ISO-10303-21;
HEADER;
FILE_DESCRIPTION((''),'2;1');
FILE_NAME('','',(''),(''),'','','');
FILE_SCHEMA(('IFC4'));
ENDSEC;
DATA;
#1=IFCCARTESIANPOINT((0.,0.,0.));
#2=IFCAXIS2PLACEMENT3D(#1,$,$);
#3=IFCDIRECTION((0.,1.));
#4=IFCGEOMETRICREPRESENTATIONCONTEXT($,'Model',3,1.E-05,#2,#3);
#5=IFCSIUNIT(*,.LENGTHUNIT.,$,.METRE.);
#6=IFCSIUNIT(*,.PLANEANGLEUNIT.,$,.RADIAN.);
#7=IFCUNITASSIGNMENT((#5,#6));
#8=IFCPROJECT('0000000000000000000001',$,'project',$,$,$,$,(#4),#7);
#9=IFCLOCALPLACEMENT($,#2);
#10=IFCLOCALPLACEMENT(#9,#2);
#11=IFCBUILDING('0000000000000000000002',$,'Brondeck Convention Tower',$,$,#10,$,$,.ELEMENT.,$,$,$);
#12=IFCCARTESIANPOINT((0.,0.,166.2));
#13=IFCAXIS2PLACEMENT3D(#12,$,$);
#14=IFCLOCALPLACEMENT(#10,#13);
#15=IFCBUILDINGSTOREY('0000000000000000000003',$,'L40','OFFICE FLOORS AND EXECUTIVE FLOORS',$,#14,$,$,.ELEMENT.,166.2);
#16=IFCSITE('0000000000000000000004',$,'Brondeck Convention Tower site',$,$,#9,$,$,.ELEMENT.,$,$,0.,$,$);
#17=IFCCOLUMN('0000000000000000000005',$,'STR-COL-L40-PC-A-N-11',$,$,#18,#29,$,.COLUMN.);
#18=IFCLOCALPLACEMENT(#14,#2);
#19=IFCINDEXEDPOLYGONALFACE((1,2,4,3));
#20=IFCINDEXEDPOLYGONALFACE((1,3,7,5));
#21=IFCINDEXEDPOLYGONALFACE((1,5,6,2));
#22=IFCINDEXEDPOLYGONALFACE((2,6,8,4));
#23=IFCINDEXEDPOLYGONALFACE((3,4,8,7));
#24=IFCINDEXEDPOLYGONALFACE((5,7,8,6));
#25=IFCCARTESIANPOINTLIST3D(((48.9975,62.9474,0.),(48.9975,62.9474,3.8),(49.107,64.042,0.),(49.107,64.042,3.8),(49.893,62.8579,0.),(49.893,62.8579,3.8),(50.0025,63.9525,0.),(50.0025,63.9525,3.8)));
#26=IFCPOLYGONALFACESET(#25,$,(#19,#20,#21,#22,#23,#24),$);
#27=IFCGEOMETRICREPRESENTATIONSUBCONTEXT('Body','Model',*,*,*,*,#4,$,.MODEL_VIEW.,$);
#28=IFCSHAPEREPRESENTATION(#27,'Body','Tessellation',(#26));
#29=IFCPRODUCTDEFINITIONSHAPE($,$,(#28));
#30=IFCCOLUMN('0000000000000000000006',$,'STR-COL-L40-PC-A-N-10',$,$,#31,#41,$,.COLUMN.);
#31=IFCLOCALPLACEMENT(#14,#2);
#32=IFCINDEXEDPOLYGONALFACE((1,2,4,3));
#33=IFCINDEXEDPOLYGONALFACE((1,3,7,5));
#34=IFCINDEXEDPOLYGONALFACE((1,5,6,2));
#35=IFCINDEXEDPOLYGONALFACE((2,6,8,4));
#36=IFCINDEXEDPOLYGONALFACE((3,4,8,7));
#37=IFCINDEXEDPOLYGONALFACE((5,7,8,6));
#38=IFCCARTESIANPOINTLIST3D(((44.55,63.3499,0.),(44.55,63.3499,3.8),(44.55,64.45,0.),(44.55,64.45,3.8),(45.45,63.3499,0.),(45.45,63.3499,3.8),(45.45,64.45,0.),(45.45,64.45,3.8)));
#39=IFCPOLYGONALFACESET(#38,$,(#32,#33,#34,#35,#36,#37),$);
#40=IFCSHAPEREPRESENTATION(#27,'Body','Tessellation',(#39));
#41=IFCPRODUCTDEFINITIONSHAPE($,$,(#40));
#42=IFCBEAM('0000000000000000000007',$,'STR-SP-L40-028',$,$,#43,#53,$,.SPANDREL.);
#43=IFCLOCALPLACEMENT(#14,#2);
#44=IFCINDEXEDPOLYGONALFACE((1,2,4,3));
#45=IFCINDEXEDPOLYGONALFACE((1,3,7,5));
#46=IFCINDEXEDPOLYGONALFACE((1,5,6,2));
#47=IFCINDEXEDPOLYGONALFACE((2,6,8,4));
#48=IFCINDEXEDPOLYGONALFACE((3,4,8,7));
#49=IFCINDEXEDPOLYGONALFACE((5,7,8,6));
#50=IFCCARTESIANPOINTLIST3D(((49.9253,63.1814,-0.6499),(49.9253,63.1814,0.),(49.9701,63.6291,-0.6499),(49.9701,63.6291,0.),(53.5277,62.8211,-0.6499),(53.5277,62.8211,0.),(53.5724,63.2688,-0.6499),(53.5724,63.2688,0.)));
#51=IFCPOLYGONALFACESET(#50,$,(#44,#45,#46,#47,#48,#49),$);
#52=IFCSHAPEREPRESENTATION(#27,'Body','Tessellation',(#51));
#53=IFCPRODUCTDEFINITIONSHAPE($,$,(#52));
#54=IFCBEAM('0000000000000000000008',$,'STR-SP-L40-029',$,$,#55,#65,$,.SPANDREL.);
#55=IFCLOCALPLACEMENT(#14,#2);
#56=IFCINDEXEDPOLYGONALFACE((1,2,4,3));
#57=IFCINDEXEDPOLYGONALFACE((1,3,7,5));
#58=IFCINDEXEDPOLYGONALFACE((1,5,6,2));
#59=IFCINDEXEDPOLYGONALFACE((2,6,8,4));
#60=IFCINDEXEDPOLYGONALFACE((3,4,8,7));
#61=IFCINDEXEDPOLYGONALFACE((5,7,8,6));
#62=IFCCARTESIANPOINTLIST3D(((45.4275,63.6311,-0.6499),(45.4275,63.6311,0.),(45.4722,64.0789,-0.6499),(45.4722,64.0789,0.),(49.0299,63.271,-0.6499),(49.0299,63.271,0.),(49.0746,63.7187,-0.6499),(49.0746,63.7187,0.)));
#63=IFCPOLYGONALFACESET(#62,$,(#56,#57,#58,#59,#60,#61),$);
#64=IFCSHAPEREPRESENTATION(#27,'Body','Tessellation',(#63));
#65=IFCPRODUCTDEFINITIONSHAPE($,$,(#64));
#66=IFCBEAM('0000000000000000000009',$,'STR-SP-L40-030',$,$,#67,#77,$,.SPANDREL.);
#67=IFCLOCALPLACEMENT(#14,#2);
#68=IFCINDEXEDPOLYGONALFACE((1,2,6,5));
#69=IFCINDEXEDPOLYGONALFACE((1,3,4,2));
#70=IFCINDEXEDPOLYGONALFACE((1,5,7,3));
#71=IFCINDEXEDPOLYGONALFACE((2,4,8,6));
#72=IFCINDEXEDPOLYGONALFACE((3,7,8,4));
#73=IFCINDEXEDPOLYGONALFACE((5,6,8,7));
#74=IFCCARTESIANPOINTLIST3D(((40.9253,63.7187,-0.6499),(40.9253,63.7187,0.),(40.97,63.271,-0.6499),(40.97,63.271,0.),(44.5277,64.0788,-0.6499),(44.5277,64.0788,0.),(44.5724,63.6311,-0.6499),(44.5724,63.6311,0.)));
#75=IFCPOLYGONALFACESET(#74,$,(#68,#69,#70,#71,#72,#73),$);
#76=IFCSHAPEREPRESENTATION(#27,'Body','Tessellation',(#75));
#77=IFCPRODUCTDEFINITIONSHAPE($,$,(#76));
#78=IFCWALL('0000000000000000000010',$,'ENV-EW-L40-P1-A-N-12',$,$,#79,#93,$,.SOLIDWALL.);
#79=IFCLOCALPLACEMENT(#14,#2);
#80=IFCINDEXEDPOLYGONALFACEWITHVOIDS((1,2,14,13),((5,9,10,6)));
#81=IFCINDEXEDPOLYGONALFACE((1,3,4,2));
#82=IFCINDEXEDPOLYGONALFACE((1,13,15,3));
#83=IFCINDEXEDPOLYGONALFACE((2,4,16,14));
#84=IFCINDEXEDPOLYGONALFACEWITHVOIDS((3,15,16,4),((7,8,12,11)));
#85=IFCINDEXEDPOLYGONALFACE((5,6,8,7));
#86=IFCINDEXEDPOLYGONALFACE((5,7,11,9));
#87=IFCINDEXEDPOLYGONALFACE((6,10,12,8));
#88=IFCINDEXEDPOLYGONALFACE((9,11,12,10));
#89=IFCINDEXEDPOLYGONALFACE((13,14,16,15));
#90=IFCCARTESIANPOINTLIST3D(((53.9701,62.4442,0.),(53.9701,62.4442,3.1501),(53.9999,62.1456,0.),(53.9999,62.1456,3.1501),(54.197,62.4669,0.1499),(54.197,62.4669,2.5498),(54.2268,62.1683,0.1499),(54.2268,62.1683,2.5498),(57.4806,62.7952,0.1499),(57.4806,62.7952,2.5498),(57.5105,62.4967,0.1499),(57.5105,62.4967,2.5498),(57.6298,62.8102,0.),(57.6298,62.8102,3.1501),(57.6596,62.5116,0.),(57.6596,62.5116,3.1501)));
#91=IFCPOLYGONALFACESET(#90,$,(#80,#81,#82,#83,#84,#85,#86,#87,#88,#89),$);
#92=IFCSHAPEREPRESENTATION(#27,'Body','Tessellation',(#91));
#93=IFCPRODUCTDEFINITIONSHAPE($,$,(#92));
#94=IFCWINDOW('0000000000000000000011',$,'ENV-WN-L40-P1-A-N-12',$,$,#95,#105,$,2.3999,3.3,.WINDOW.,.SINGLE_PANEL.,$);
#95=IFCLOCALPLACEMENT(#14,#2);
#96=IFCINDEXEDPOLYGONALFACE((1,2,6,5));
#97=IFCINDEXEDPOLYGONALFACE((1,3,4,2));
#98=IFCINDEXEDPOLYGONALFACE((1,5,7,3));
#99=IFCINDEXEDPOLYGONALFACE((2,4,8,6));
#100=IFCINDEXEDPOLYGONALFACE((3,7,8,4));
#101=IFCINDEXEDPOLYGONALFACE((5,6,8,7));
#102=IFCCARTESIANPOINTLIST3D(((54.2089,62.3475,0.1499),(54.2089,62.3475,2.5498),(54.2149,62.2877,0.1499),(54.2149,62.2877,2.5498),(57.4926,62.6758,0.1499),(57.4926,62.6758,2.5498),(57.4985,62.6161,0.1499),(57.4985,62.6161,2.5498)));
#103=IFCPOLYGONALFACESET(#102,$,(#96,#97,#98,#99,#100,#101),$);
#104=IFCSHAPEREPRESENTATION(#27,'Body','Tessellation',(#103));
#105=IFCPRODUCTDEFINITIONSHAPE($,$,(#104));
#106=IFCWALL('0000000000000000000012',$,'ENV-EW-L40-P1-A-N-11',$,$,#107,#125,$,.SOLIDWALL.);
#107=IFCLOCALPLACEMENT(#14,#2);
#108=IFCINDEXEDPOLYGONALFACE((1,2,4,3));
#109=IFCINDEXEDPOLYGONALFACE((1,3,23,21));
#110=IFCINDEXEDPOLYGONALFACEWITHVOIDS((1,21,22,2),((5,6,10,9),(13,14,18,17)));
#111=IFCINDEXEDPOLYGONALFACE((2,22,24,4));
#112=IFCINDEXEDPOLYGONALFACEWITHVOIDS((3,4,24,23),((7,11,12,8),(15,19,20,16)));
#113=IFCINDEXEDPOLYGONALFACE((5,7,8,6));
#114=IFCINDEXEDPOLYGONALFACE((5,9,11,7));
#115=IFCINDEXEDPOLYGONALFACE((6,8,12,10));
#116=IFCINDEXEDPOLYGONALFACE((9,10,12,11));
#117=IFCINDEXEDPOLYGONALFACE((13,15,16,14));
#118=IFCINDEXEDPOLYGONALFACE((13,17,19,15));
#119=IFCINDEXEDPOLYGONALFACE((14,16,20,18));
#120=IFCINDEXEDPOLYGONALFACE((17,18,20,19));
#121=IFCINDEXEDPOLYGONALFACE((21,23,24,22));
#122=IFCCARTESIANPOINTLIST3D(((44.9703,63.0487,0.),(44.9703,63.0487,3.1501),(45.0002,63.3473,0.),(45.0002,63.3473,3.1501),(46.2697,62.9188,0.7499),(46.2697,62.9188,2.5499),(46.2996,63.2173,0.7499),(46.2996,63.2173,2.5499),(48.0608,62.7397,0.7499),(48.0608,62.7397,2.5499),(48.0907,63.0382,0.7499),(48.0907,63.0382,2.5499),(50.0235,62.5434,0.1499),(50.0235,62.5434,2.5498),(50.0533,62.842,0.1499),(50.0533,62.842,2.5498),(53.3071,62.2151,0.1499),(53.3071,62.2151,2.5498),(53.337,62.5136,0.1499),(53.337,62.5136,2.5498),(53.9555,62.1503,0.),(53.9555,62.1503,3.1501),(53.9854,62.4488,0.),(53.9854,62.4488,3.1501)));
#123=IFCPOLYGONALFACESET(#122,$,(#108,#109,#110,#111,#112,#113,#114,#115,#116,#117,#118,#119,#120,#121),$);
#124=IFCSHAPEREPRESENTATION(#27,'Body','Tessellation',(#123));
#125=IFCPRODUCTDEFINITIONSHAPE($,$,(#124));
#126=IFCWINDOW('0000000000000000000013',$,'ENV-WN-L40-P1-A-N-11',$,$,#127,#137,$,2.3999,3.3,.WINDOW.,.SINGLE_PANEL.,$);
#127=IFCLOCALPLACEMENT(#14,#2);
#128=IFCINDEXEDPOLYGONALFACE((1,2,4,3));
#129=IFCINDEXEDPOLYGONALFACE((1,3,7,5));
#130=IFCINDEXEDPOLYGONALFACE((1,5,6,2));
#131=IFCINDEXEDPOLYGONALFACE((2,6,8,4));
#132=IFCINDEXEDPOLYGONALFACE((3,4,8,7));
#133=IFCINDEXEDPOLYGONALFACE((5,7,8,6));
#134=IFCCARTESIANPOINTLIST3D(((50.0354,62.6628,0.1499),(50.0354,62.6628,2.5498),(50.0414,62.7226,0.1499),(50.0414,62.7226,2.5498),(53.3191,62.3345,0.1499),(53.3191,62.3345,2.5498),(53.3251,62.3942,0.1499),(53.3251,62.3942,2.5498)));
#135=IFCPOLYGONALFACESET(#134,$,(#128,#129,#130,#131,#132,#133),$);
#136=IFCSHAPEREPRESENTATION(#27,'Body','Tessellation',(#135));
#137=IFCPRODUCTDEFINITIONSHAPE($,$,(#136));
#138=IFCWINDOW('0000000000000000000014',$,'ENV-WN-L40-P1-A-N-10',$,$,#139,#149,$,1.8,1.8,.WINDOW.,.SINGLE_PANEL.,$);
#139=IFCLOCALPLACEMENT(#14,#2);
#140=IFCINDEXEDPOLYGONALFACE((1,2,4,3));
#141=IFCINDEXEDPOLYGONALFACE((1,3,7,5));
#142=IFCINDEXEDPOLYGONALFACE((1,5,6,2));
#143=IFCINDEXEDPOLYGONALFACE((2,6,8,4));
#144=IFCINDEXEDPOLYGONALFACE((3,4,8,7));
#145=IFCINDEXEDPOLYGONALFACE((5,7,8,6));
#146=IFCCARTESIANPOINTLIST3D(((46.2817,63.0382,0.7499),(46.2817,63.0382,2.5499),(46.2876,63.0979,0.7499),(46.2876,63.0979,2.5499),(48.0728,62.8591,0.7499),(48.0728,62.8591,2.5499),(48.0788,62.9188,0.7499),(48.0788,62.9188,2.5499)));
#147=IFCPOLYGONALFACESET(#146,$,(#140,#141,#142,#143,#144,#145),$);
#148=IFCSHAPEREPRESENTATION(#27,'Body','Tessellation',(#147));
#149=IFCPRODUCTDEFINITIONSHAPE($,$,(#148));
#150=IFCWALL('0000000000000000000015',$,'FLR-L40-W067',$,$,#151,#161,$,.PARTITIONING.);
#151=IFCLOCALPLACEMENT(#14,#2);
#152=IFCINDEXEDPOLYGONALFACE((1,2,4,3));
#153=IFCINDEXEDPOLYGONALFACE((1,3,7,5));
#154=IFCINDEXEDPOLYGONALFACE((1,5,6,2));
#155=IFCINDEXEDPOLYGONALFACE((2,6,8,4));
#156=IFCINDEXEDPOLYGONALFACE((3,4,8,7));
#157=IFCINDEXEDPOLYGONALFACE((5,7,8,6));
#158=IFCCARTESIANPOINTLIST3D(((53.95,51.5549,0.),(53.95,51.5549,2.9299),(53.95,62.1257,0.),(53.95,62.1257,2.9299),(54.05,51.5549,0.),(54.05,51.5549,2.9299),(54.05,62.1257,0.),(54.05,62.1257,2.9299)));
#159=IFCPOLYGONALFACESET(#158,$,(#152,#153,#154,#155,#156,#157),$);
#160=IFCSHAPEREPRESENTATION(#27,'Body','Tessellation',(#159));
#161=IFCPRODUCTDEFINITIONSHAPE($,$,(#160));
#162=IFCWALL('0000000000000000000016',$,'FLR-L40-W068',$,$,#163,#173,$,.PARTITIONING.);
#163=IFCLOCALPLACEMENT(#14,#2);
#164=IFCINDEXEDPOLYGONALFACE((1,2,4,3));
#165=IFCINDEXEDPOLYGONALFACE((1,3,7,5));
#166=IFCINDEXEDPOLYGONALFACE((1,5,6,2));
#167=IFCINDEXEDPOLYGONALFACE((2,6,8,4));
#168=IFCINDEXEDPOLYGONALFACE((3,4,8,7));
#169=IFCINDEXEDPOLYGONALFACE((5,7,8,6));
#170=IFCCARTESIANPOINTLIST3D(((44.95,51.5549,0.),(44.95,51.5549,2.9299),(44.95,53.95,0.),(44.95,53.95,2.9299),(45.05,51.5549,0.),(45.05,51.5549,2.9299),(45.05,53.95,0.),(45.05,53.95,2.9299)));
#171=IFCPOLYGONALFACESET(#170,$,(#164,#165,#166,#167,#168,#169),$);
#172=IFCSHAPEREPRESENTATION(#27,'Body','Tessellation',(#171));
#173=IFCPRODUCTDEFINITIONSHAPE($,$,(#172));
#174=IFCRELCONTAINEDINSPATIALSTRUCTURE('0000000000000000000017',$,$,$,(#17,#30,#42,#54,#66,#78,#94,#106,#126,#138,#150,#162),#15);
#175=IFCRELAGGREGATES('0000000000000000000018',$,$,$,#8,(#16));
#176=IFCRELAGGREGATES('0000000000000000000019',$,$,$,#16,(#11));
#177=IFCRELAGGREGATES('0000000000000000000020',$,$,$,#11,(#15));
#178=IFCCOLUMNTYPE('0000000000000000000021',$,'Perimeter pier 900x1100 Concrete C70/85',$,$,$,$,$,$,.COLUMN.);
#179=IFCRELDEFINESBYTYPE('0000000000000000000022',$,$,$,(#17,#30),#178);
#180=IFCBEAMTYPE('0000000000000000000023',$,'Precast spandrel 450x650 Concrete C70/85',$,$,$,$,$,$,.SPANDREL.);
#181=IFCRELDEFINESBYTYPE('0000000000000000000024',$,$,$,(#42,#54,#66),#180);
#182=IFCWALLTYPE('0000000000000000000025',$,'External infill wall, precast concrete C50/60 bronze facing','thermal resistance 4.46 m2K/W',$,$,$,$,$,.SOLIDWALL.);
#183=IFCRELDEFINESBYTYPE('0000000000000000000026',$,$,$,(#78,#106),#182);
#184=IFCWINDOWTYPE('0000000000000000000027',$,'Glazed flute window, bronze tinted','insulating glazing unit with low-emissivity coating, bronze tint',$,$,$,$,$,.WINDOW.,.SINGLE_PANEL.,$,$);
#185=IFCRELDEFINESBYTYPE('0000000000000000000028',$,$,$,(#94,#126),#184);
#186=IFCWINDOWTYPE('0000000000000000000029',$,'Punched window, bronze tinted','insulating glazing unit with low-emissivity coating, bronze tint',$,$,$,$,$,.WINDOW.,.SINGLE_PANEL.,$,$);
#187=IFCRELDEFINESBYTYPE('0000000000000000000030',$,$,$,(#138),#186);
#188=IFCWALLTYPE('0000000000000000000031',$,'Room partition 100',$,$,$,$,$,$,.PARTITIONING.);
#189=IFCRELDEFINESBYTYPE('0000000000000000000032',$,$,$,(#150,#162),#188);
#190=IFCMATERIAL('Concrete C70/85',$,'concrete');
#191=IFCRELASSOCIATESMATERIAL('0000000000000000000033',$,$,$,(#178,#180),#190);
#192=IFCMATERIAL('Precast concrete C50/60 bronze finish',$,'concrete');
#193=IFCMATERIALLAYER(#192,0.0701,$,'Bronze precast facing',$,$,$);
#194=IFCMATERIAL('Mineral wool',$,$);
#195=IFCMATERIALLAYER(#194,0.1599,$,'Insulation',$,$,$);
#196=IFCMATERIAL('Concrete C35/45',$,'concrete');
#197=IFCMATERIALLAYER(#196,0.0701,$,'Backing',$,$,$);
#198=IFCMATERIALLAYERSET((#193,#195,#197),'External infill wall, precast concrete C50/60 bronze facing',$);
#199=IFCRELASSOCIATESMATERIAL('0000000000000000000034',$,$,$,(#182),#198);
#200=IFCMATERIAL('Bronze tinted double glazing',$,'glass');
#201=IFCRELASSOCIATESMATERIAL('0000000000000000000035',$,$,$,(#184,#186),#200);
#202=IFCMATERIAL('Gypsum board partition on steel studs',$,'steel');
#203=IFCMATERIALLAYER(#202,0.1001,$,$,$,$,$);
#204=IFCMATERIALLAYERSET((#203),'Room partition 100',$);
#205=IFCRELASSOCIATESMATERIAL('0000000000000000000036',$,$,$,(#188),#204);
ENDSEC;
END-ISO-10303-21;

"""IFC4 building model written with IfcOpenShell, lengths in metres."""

from ifc_helpers import new_model, si_unit, direction, frame, frame_2d, origin, origin_2d, place, context, subcontext, project, spatial, rectangle, extrude, material, layer, layer_set, material_profile, profile_set, type_object, element, fill, save


model = new_model("IFC4")

# Units and contexts
model_context = context("Model", 3, precision=1e-05, world=origin(), true_north=direction((0.0, 1.0)))
body_context = subcontext(model_context, "Body", "Model", "MODEL_VIEW")
ifc_project = project(units=[si_unit("LENGTHUNIT", "METRE"), si_unit("PLANEANGLEUNIT", "RADIAN")], contexts=[model_context])

# Site, building, storey
site_placement = place(None, origin())
site = spatial("IfcSite", under=ifc_project, at=site_placement, Name="Brondeck Convention Tower site", CompositionType="ELEMENT", RefElevation=0.0)
building_placement = place(site_placement, origin())
building = spatial("IfcBuilding", under=site, at=building_placement, Name="Brondeck Convention Tower", CompositionType="ELEMENT")
storey_placement = place(building_placement, frame((0.0, 0.0, 166.2)))
storey = spatial("IfcBuildingStorey", under=building, at=storey_placement, Name="L40", Description="OFFICE FLOORS AND EXECUTIVE FLOORS", CompositionType="ELEMENT", Elevation=166.2)

# Columns
ifc_material_1 = material(Name="Concrete C70/85", Category="concrete")
ifc_material_profile_1 = material_profile(ifc_material_1, rectangle(XDim=0.8999, YDim=1.1001, at=origin_2d()), Name="Perimeter pier 900x1100 Concrete C70/85")
ifc_profile_set_1 = profile_set([ifc_material_profile_1], Name="Concrete C70/85")
column_type = type_object("IfcColumnType", Name="Perimeter pier 900x1100 Concrete C70/85", PredefinedType="COLUMN", material=ifc_profile_set_1)
for number, where, z_axis, x_axis, name in (
    (1, (49.5, 63.45, 0.0), (0.0, 0.0, 1.0), (-0.995037, 0.099504, 0.0), "STR-COL-L40-PC-A-N-11"),
    (2, (45.0, 63.8999, 0.0), (0.0, 0.0, 1.0), (-1.0, 0.0, 0.0), "STR-COL-L40-PC-A-N-10"),
):
    element("IfcColumn", number, at=place(storey_placement, frame(where, z_axis=z_axis, x_axis=x_axis)), inside=storey, type_object=column_type, Name=name, PredefinedType="COLUMN", context=body_context, shape_type="SweptSolid", body=[
        extrude(rectangle(XDim=0.8999, YDim=1.1001, at=origin_2d()), origin(), (0.0, 0.0, 1.0), 3.8),
    ])

# Beams
ifc_material_profile_2 = material_profile(ifc_material_1, rectangle(XDim=0.45, YDim=0.6499, at=origin_2d()), Name="Precast spandrel 450x650 Concrete C70/85")
ifc_profile_set_2 = profile_set([ifc_material_profile_2], Name="Concrete C70/85")
beam_type = type_object("IfcBeamType", Name="Precast spandrel 450x650 Concrete C70/85", PredefinedType="SPANDREL", material=ifc_profile_set_2)
for number, where, z_axis, x_axis, name in (
    (3, (53.55, 63.0449, -0.325), (-0.995034, 0.099537, 0.0), (-0.099537, -0.995034, 0.0), "STR-SP-L40-028"),
    (4, (49.0522, 63.4949, -0.325), (-0.995041, 0.09947, 0.0), (-0.09947, -0.995041, 0.0), "STR-SP-L40-029"),
    (5, (44.55, 63.855, -0.325), (-0.995041, -0.09947, 0.0), (0.09947, -0.995041, 0.0), "STR-SP-L40-030"),
):
    element("IfcBeam", number, at=place(storey_placement, frame(where, z_axis=z_axis, x_axis=x_axis)), inside=storey, type_object=beam_type, Name=name, PredefinedType="SPANDREL", context=body_context, shape_type="SweptSolid", body=[
        extrude(rectangle(XDim=0.45, YDim=0.6499, at=origin_2d()), origin(), (0.0, 0.0, 1.0), 3.6204),
    ])

# Wall, opening, window
ifc_material_2 = material(Name="Precast concrete C50/60 bronze finish", Category="concrete")
ifc_layer_1 = layer(ifc_material_2, 0.0701, Name="Bronze precast facing")
ifc_material_3 = material(Name="Mineral wool")
ifc_layer_2 = layer(ifc_material_3, 0.1599, Name="Insulation")
ifc_material_4 = material(Name="Concrete C35/45", Category="concrete")
ifc_layer_3 = layer(ifc_material_4, 0.0701, Name="Backing")
ifc_layer_set_1 = layer_set([ifc_layer_1, ifc_layer_2, ifc_layer_3], Name="External infill wall, precast concrete C50/60 bronze facing")
wall_type_1 = type_object("IfcWallType", Name="External infill wall, precast concrete C50/60 bronze facing", Description="thermal resistance 4.46 m2K/W", PredefinedType="SOLIDWALL", material=ifc_layer_set_1)
wall_1_placement = place(storey_placement, frame((53.9851, 62.2949, 0.0), z_axis=(0.0, 0.0, 1.0), x_axis=(0.995037, 0.099504, 0.0)))
wall_1 = element("IfcWall", 6, at=wall_1_placement, inside=storey, type_object=wall_type_1, Name="ENV-EW-L40-P1-A-N-12", PredefinedType="SOLIDWALL", context=body_context, shape_type="SweptSolid", body=[
    extrude(rectangle(XDim=3.678, YDim=0.3, at=frame_2d((1.8389, 0.0))), origin(), (0.0, 0.0, 1.0), 3.1501),
])
opening_1_placement = place(wall_1_placement, frame((0.228, 0.0, 0.1499)))
opening_1 = element("IfcOpeningElement", 7, at=opening_1_placement, cuts=wall_1, PredefinedType="OPENING", context=body_context, shape_type="SweptSolid", body=[
    extrude(rectangle(XDim=3.3, YDim=2.3999, at=frame_2d((1.6499, 1.2))), frame((0.0, 0.1599, 0.0), z_axis=(0.0, -1.0, 0.0), x_axis=(1.0, 0.0, 0.0)), (0.0, 0.0, 1.0), 0.3201),
])
ifc_material_5 = material(Name="Bronze tinted double glazing", Category="glass")
window_type_1 = type_object("IfcWindowType", Name="Glazed flute window, bronze tinted", Description="insulating glazing unit with low-emissivity coating, bronze tint", PartitioningType="SINGLE_PANEL", PredefinedType="WINDOW", material=ifc_material_5)
window_1_placement = place(opening_1_placement, origin())
window_1 = element("IfcWindow", 8, at=window_1_placement, inside=storey, type_object=window_type_1, Name="ENV-WN-L40-P1-A-N-12", OverallHeight=2.3999, OverallWidth=3.3, PartitioningType="SINGLE_PANEL", PredefinedType="WINDOW", context=body_context, shape_type="SweptSolid", body=[
    extrude(rectangle(XDim=3.3, YDim=2.3999, at=frame_2d((1.6499, 1.2))), frame((0.0, 0.03, 0.0), z_axis=(0.0, -1.0, 0.0), x_axis=(1.0, 0.0, 0.0)), (0.0, 0.0, 1.0), 0.0601),
])
fill(opening_1, window_1)

# Wall, openings, windows
wall_2_placement = place(storey_placement, frame((44.9851, 63.198, 0.0), z_axis=(0.0, 0.0, 1.0), x_axis=(0.995038, -0.099496, 0.0)))
wall_2 = element("IfcWall", 9, at=wall_2_placement, inside=storey, type_object=wall_type_1, Name="ENV-EW-L40-P1-A-N-11", PredefinedType="SOLIDWALL", context=body_context, shape_type="SweptSolid", body=[
    extrude(rectangle(XDim=9.03, YDim=0.3, at=frame_2d((4.5151, 0.0))), origin(), (0.0, 0.0, 1.0), 3.1501),
])
opening_2_placement = place(wall_2_placement, frame((1.3062, 0.0, 0.75)))
opening_2 = element("IfcOpeningElement", 10, at=opening_2_placement, cuts=wall_2, PredefinedType="OPENING", context=body_context, shape_type="SweptSolid", body=[
    extrude(rectangle(XDim=1.8, YDim=1.8, at=frame_2d((0.8999, 0.8999))), frame((0.0, 0.1599, 0.0), z_axis=(0.0, -1.0, 0.0), x_axis=(1.0, 0.0, 0.0)), (0.0, 0.0, 1.0), 0.3201),
])
opening_3_placement = place(wall_2_placement, frame((5.0786, 0.0, 0.1499)))
opening_3 = element("IfcOpeningElement", 11, at=opening_3_placement, cuts=wall_2, PredefinedType="OPENING", context=body_context, shape_type="SweptSolid", body=[
    extrude(rectangle(XDim=3.3, YDim=2.3999, at=frame_2d((1.6499, 1.2))), frame((0.0, 0.1599, 0.0), z_axis=(0.0, -1.0, 0.0), x_axis=(1.0, 0.0, 0.0)), (0.0, 0.0, 1.0), 0.3201),
])
window_2_placement = place(opening_3_placement, origin())
window_2 = element("IfcWindow", 12, at=window_2_placement, inside=storey, type_object=window_type_1, Name="ENV-WN-L40-P1-A-N-11", OverallHeight=2.3999, OverallWidth=3.3, PartitioningType="SINGLE_PANEL", PredefinedType="WINDOW", context=body_context, shape_type="SweptSolid", body=[
    extrude(rectangle(XDim=3.3, YDim=2.3999, at=frame_2d((1.6499, 1.2))), frame((0.0, 0.03, 0.0), z_axis=(0.0, -1.0, 0.0), x_axis=(1.0, 0.0, 0.0)), (0.0, 0.0, 1.0), 0.0601),
])
fill(opening_3, window_2)
window_type_2 = type_object("IfcWindowType", Name="Punched window, bronze tinted", Description="insulating glazing unit with low-emissivity coating, bronze tint", PartitioningType="SINGLE_PANEL", PredefinedType="WINDOW", material=ifc_material_5)
window_3_placement = place(opening_2_placement, origin())
window_3 = element("IfcWindow", 13, at=window_3_placement, inside=storey, type_object=window_type_2, Name="ENV-WN-L40-P1-A-N-10", OverallHeight=1.8, OverallWidth=1.8, PartitioningType="SINGLE_PANEL", PredefinedType="WINDOW", context=body_context, shape_type="SweptSolid", body=[
    extrude(rectangle(XDim=1.8, YDim=1.8, at=frame_2d((0.8999, 0.8999))), frame((0.0, 0.03, 0.0), z_axis=(0.0, -1.0, 0.0), x_axis=(1.0, 0.0, 0.0)), (0.0, 0.0, 1.0), 0.0601),
])
fill(opening_2, window_3)

# Walls
ifc_material_6 = material(Name="Gypsum board partition on steel studs", Category="steel")
ifc_layer_4 = layer(ifc_material_6, 0.1001)
ifc_layer_set_2 = layer_set([ifc_layer_4], Name="Room partition 100")
wall_type_2 = type_object("IfcWallType", Name="Room partition 100", PredefinedType="PARTITIONING", material=ifc_layer_set_2)
wall_3_placement = place(storey_placement, frame((54.0, 51.5549, 0.0), z_axis=(0.0, 0.0, 1.0), x_axis=(0.0, 1.0, 0.0)))
element("IfcWall", 14, at=wall_3_placement, inside=storey, type_object=wall_type_2, Name="FLR-L40-W067", PredefinedType="PARTITIONING", context=body_context, shape_type="SweptSolid", body=[
    extrude(rectangle(XDim=10.5708, YDim=0.1001, at=frame_2d((5.2854, 0.0))), origin(), (0.0, 0.0, 1.0), 2.9299),
])
wall_4_placement = place(storey_placement, frame((45.0, 53.95, 0.0), z_axis=(0.0, 0.0, 1.0), x_axis=(0.0, -1.0, 0.0)))
element("IfcWall", 15, at=wall_4_placement, inside=storey, type_object=wall_type_2, Name="FLR-L40-W068", PredefinedType="PARTITIONING", context=body_context, shape_type="SweptSolid", body=[
    extrude(rectangle(XDim=2.395, YDim=0.1001, at=frame_2d((1.1975, 0.0))), origin(), (0.0, 0.0, 1.0), 2.9299),
])

save(model, "model.ifc")
